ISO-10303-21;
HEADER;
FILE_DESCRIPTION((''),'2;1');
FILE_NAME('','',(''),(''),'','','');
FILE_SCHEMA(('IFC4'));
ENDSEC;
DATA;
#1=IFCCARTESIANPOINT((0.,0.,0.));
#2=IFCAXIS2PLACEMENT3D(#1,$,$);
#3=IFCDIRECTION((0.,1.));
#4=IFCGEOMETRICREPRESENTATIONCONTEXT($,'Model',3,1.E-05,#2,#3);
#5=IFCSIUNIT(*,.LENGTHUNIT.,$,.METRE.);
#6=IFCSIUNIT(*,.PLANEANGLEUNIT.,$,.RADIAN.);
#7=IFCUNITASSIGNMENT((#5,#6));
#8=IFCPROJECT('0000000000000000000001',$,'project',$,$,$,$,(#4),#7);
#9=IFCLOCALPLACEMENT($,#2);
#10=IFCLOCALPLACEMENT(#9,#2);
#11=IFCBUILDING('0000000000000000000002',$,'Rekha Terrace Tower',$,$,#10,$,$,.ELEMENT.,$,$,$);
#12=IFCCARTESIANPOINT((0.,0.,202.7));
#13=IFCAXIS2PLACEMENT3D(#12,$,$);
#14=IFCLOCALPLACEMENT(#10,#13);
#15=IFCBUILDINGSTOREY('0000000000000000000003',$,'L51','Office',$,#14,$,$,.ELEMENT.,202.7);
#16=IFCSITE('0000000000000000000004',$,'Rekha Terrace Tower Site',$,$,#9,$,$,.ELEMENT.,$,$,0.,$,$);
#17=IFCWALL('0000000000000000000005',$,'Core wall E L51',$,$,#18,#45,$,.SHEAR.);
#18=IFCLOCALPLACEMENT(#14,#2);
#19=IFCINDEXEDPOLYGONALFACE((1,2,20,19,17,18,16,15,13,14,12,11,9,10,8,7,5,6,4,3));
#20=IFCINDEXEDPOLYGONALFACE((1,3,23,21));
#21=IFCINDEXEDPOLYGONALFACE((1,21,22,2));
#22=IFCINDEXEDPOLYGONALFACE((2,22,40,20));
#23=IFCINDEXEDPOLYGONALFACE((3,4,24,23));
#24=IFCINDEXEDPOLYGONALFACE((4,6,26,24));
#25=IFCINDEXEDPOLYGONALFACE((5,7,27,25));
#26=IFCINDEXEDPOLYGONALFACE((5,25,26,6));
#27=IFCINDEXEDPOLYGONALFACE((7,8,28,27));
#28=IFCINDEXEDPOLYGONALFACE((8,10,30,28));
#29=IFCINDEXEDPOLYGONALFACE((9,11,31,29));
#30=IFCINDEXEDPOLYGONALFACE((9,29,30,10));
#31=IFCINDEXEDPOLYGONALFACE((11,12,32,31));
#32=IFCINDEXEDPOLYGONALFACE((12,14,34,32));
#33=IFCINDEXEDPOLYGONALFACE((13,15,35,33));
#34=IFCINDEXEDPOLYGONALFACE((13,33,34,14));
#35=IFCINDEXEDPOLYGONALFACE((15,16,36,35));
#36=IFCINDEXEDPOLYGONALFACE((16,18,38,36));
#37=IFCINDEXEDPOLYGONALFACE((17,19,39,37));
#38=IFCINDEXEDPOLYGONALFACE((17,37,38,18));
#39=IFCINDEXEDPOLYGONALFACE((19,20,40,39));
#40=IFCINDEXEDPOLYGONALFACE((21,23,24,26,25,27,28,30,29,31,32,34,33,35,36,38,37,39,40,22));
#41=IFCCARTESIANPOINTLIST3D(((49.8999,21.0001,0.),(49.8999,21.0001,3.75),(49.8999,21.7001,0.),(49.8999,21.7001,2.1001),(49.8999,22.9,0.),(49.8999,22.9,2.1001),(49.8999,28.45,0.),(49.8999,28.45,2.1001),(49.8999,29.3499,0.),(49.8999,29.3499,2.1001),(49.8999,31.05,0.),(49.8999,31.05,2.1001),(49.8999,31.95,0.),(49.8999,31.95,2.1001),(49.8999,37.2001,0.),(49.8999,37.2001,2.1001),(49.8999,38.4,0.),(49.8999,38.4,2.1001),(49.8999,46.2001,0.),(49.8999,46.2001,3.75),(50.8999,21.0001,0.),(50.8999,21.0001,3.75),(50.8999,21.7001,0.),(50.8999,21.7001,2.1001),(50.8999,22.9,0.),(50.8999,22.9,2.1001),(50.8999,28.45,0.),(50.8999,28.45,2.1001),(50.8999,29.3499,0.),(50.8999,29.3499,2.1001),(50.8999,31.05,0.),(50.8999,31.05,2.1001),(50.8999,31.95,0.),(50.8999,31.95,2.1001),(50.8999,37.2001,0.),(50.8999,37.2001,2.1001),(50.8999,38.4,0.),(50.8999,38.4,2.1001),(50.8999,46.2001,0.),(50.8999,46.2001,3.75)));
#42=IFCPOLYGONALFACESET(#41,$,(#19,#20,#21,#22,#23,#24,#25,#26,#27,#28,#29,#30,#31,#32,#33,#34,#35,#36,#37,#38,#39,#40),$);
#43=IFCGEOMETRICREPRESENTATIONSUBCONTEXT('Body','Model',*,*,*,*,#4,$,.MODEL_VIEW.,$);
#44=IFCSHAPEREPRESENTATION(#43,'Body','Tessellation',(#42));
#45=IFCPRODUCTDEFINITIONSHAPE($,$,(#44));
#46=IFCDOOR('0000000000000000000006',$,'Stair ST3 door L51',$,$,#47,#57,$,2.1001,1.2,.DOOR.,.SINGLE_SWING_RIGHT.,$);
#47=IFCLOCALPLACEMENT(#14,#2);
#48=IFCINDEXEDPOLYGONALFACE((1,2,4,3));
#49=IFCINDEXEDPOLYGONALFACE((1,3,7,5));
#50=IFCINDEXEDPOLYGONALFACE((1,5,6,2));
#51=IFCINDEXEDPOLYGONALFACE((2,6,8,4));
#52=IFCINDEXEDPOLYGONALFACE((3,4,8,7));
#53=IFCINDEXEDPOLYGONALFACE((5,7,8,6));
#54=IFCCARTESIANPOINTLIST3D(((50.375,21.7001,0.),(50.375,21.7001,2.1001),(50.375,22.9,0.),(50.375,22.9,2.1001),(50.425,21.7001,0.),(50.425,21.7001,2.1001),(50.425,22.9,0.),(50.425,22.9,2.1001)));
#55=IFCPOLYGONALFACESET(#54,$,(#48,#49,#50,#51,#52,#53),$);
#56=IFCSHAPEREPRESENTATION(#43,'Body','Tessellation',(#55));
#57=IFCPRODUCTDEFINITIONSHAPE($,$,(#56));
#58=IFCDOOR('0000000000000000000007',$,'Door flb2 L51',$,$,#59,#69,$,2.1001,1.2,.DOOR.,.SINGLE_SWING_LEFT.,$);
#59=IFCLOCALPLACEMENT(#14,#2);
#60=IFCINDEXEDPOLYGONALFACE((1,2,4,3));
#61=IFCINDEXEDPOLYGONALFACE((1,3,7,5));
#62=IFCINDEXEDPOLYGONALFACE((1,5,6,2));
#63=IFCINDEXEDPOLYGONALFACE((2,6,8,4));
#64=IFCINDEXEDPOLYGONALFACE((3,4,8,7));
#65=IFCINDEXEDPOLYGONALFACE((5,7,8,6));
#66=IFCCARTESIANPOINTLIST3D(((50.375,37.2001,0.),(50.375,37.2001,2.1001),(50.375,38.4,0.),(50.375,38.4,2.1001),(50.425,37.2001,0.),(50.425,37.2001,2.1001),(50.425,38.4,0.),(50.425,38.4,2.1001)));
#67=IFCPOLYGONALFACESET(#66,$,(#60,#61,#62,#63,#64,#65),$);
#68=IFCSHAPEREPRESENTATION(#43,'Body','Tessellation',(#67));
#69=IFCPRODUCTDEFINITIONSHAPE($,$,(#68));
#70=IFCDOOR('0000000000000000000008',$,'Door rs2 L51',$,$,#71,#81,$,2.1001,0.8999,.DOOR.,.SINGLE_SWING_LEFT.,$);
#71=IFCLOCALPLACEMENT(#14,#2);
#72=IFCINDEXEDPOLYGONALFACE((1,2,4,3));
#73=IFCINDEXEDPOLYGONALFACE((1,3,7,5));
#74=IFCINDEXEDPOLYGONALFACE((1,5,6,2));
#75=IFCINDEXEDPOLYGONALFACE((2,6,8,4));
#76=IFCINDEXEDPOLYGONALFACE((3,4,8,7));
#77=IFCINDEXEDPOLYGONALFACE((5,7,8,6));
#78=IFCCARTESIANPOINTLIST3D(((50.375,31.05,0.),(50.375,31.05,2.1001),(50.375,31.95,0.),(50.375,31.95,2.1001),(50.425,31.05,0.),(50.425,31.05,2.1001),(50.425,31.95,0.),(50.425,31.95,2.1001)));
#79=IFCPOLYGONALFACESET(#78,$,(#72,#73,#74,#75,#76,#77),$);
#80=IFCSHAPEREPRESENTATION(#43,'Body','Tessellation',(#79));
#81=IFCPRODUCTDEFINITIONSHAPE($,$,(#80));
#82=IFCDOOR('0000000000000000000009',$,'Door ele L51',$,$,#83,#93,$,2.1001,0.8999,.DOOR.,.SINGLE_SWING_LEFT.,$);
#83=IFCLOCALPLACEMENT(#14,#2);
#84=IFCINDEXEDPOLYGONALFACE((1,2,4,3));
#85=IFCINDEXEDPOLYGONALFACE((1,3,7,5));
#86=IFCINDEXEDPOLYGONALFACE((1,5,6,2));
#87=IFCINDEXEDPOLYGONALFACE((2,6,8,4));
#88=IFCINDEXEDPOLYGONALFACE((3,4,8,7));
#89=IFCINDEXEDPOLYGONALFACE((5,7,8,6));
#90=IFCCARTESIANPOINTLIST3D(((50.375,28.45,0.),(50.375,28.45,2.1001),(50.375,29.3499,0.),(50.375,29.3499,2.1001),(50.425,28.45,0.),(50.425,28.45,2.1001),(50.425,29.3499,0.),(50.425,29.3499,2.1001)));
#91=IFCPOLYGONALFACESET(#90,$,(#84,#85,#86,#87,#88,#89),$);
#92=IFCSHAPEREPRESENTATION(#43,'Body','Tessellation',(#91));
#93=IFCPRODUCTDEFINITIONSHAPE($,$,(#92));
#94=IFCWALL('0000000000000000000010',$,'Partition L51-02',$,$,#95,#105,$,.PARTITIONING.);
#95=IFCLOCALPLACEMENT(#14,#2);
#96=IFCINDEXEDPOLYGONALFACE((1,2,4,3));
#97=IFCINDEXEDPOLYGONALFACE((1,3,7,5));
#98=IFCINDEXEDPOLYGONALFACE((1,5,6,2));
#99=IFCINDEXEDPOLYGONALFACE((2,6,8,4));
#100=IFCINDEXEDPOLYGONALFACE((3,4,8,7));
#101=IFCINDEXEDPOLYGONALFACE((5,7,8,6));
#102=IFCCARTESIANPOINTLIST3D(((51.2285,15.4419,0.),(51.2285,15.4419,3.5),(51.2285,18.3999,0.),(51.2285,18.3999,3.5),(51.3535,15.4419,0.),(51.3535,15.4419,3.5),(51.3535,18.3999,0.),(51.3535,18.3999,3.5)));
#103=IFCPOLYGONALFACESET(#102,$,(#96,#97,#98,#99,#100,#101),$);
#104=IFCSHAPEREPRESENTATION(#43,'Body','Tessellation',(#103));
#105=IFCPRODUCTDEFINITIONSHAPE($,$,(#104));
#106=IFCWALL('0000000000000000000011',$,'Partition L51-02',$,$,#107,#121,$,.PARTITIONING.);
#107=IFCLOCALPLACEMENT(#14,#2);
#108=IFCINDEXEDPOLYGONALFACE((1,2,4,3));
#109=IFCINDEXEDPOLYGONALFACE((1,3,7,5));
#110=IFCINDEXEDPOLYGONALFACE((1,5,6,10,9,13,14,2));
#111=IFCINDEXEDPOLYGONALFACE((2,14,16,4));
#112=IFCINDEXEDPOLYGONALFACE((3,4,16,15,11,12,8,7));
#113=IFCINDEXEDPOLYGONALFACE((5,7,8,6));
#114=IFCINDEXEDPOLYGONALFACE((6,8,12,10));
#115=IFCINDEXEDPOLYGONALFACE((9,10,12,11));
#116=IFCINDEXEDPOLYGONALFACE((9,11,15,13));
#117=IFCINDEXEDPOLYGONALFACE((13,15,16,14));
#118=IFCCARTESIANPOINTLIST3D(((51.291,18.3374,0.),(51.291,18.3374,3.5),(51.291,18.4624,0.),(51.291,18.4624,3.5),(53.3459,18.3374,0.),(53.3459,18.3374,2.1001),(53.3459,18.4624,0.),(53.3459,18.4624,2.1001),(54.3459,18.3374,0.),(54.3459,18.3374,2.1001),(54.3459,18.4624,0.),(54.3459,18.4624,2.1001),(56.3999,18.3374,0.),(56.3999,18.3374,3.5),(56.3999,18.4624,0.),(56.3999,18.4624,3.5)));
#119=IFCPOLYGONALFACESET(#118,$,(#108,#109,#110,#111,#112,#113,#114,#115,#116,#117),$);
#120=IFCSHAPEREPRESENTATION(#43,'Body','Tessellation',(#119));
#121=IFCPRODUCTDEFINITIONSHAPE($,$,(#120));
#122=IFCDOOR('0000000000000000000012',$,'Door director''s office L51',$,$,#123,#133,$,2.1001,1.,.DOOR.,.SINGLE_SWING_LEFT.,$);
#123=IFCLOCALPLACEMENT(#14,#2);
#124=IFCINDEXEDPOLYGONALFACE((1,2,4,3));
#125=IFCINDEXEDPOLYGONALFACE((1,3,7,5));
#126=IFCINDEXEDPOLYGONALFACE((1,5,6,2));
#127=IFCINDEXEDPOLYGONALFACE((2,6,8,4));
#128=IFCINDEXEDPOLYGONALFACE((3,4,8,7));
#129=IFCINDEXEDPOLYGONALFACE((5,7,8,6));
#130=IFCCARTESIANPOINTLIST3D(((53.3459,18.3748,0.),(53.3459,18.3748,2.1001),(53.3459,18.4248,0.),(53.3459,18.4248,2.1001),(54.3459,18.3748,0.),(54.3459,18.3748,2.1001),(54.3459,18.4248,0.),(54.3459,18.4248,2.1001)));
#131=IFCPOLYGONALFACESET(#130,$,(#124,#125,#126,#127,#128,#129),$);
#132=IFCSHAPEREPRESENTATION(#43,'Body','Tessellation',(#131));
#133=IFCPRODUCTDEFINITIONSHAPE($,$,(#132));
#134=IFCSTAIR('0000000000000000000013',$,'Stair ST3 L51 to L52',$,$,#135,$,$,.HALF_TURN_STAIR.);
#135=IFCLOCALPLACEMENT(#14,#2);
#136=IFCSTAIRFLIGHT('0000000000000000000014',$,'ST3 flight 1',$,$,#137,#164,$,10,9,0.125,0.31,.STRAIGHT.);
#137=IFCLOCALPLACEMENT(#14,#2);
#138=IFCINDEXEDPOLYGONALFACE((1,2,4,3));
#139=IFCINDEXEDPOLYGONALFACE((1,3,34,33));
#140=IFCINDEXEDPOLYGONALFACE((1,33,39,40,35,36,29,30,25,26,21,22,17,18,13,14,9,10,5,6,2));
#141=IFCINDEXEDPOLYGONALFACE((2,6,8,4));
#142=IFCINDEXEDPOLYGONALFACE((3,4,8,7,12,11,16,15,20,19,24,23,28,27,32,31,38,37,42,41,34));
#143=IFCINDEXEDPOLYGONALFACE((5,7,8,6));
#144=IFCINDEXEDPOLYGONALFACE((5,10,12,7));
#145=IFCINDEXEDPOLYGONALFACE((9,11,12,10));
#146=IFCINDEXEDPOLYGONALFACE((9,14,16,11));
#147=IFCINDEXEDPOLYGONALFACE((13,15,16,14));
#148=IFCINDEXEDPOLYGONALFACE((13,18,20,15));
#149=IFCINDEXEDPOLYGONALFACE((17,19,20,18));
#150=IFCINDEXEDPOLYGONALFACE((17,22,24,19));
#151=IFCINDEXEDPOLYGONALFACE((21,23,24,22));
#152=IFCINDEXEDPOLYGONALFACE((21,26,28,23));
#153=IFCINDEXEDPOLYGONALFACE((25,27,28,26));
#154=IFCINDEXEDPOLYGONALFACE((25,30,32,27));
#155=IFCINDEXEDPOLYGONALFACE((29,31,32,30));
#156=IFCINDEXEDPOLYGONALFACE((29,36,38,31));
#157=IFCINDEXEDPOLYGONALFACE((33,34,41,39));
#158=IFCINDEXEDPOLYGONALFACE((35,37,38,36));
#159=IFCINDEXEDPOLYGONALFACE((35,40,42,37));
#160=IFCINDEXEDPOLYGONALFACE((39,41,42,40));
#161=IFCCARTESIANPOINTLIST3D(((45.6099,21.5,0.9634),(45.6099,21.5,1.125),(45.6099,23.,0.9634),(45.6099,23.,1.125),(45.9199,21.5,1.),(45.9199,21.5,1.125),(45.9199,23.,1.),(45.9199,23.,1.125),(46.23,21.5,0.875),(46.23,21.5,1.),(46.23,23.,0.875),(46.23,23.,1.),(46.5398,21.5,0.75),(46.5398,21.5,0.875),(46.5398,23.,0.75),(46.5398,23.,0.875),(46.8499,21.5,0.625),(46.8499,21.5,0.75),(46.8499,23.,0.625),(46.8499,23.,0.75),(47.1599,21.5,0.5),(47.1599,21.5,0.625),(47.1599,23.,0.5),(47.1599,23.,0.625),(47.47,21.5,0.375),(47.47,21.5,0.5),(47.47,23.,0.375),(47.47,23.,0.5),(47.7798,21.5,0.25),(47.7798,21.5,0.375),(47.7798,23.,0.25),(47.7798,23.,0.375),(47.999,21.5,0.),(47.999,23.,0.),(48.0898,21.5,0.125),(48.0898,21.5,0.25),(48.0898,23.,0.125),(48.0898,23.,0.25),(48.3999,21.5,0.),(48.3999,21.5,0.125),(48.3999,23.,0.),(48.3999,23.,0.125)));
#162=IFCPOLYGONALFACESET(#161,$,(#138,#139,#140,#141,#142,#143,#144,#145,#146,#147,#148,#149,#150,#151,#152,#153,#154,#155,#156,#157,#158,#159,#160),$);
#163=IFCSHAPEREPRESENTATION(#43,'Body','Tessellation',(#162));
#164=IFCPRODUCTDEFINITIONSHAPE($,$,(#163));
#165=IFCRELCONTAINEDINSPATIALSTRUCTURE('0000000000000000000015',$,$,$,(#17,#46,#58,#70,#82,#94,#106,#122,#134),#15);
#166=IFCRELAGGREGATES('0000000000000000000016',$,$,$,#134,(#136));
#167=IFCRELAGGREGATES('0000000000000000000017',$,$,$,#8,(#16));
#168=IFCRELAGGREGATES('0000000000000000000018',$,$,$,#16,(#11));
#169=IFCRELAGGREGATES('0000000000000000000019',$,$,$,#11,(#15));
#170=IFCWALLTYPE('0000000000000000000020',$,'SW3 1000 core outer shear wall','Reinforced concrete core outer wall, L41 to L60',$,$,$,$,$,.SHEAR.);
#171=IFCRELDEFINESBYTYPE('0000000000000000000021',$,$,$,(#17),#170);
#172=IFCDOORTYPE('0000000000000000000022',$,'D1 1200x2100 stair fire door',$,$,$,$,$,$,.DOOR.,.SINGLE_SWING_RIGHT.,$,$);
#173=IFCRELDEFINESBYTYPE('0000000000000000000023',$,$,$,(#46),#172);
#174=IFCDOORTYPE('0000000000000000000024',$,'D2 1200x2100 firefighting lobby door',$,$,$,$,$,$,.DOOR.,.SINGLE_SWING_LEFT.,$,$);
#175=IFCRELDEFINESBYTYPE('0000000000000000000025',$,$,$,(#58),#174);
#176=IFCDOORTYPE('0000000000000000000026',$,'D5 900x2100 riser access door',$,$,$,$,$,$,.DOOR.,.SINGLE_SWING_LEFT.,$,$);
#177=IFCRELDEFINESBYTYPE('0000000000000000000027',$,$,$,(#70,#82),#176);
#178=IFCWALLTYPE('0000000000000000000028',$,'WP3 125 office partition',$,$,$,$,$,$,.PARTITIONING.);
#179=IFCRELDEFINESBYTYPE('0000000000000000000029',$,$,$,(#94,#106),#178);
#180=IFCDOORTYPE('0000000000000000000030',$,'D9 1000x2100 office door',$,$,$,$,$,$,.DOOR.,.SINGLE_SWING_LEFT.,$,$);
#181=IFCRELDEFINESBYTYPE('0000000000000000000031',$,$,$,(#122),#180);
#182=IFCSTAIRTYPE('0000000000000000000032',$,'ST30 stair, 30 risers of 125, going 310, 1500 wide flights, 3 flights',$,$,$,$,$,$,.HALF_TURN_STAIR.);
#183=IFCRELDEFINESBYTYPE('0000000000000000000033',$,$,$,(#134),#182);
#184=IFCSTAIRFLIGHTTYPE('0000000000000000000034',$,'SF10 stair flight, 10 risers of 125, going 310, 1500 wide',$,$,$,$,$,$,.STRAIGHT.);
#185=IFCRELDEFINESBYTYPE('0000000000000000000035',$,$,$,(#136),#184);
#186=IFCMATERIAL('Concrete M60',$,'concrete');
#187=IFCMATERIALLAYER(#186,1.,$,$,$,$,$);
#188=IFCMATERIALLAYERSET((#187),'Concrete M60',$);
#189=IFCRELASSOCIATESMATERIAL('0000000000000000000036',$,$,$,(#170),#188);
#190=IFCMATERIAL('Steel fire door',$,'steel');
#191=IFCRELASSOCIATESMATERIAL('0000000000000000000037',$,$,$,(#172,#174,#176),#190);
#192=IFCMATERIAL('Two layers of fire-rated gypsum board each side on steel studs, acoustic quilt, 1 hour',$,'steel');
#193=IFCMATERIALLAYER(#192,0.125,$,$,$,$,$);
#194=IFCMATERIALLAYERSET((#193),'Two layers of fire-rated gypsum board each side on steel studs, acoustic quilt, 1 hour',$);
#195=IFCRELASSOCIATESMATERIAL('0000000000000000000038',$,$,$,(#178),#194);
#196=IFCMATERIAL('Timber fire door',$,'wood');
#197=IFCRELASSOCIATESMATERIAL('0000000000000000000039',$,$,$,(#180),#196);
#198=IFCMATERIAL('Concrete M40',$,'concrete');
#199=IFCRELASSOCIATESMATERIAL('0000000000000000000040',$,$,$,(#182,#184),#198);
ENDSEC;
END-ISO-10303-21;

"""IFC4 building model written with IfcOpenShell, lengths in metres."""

from ifc_helpers import new_model, si_unit, direction, frame, frame_2d, origin, place, context, subcontext, project, spatial, polyline, rectangle, outline, extrude, material, layer, layer_set, type_object, element, fill, aggregate, save


model = new_model("IFC4")

# Units and contexts
model_context = context("Model", 3, precision=1e-05, world=origin(), true_north=direction((0.0, 1.0)))
body_context = subcontext(model_context, "Body", "Model", "MODEL_VIEW")
ifc_project = project(units=[si_unit("LENGTHUNIT", "METRE"), si_unit("PLANEANGLEUNIT", "RADIAN")], contexts=[model_context])

# Site, building, storey
site_placement = place(None, origin())
site = spatial("IfcSite", under=ifc_project, at=site_placement, Name="Rekha Terrace Tower Site", CompositionType="ELEMENT", RefElevation=0.0)
building_placement = place(site_placement, origin())
building = spatial("IfcBuilding", under=site, at=building_placement, Name="Rekha Terrace Tower", CompositionType="ELEMENT")
storey_placement = place(building_placement, frame((0.0, 0.0, 202.7)))
storey = spatial("IfcBuildingStorey", under=building, at=storey_placement, Name="L51", Description="Office", CompositionType="ELEMENT", Elevation=202.7)

# Shared definitions
ifc_material_1 = material(Name="Concrete M60", Category="concrete")

# Wall, openings, doors
ifc_layer_1 = layer(ifc_material_1, 1.0)
ifc_layer_set_1 = layer_set([ifc_layer_1], Name="Concrete M60")
wall_type_1 = type_object("IfcWallType", Name="SW3 1000 core outer shear wall", Description="Reinforced concrete core outer wall, L41 to L60", PredefinedType="SHEAR", material=ifc_layer_set_1)
wall_1_placement = place(storey_placement, frame((50.3999, 21.0, 0.0), z_axis=(0.0, 0.0, 1.0), x_axis=(0.0, 1.0, 0.0)))
wall_1 = element("IfcWall", 1, at=wall_1_placement, inside=storey, type_object=wall_type_1, Name="Core wall E L51", PredefinedType="SHEAR", context=body_context, shape_type="SweptSolid", body=[
    extrude(rectangle(XDim=25.2, YDim=1.0, at=frame_2d((12.6001, 0.0))), origin(), (0.0, 0.0, 1.0), 3.75),
])
opening_1_placement = place(wall_1_placement, frame((16.2, 0.0, 0.0)))
opening_1 = element("IfcOpeningElement", 2, at=opening_1_placement, cuts=wall_1, PredefinedType="OPENING", context=body_context, shape_type="SweptSolid", body=[
    extrude(rectangle(XDim=1.2, YDim=2.1001, at=frame_2d((0.6001, 1.05))), frame((0.0, 0.51, 0.0), z_axis=(0.0, -1.0, 0.0), x_axis=(1.0, 0.0, 0.0)), (0.0, 0.0, 1.0), 1.02),
])
opening_2_placement = place(wall_1_placement, frame((10.05, 0.0, 0.0)))
opening_2 = element("IfcOpeningElement", 3, at=opening_2_placement, cuts=wall_1, PredefinedType="OPENING", context=body_context, shape_type="SweptSolid", body=[
    extrude(rectangle(XDim=0.8999, YDim=2.1001, at=frame_2d((0.45, 1.05))), frame((0.0, 0.51, 0.0), z_axis=(0.0, -1.0, 0.0), x_axis=(1.0, 0.0, 0.0)), (0.0, 0.0, 1.0), 1.02),
])
opening_3_placement = place(wall_1_placement, frame((7.45, 0.0, 0.0)))
opening_3 = element("IfcOpeningElement", 4, at=opening_3_placement, cuts=wall_1, PredefinedType="OPENING", context=body_context, shape_type="SweptSolid", body=[
    extrude(rectangle(XDim=0.8999, YDim=2.1001, at=frame_2d((0.45, 1.05))), frame((0.0, 0.51, 0.0), z_axis=(0.0, -1.0, 0.0), x_axis=(1.0, 0.0, 0.0)), (0.0, 0.0, 1.0), 1.02),
])
opening_4_placement = place(wall_1_placement, frame((0.7, 0.0, 0.0)))
opening_4 = element("IfcOpeningElement", 5, at=opening_4_placement, cuts=wall_1, PredefinedType="OPENING", context=body_context, shape_type="SweptSolid", body=[
    extrude(rectangle(XDim=1.2, YDim=2.1001, at=frame_2d((0.6001, 1.05))), frame((0.0, 0.51, 0.0), z_axis=(0.0, -1.0, 0.0), x_axis=(1.0, 0.0, 0.0)), (0.0, 0.0, 1.0), 1.02),
])
ifc_material_2 = material(Name="Steel fire door", Category="steel")
door_type_1 = type_object("IfcDoorType", Name="D1 1200x2100 stair fire door", OperationType="SINGLE_SWING_RIGHT", PredefinedType="DOOR", material=ifc_material_2)
door_1_placement = place(opening_4_placement, origin())
door_1 = element("IfcDoor", 6, at=door_1_placement, inside=storey, type_object=door_type_1, Name="Stair ST3 door L51", OperationType="SINGLE_SWING_RIGHT", OverallHeight=2.1001, OverallWidth=1.2, PredefinedType="DOOR", context=body_context, shape_type="SweptSolid", body=[
    extrude(rectangle(XDim=1.2, YDim=2.1001, at=frame_2d((0.6001, 1.05))), frame((0.0, 0.0249, 0.0), z_axis=(0.0, -1.0, 0.0), x_axis=(1.0, 0.0, 0.0)), (0.0, 0.0, 1.0), 0.05),
])
fill(opening_4, door_1)
door_type_2 = type_object("IfcDoorType", Name="D2 1200x2100 firefighting lobby door", OperationType="SINGLE_SWING_LEFT", PredefinedType="DOOR", material=ifc_material_2)
door_2_placement = place(opening_1_placement, origin())
door_2 = element("IfcDoor", 7, at=door_2_placement, inside=storey, type_object=door_type_2, Name="Door flb2 L51", OperationType="SINGLE_SWING_LEFT", OverallHeight=2.1001, OverallWidth=1.2, PredefinedType="DOOR", context=body_context, shape_type="SweptSolid", body=[
    extrude(rectangle(XDim=1.2, YDim=2.1001, at=frame_2d((0.6001, 1.05))), frame((0.0, 0.0249, 0.0), z_axis=(0.0, -1.0, 0.0), x_axis=(1.0, 0.0, 0.0)), (0.0, 0.0, 1.0), 0.05),
])
fill(opening_1, door_2)
door_type_3 = type_object("IfcDoorType", Name="D5 900x2100 riser access door", OperationType="SINGLE_SWING_LEFT", PredefinedType="DOOR", material=ifc_material_2)
door_3_placement = place(opening_2_placement, origin())
door_3 = element("IfcDoor", 8, at=door_3_placement, inside=storey, type_object=door_type_3, Name="Door rs2 L51", OperationType="SINGLE_SWING_LEFT", OverallHeight=2.1001, OverallWidth=0.8999, PredefinedType="DOOR", context=body_context, shape_type="SweptSolid", body=[
    extrude(rectangle(XDim=0.8999, YDim=2.1001, at=frame_2d((0.45, 1.05))), frame((0.0, 0.0249, 0.0), z_axis=(0.0, -1.0, 0.0), x_axis=(1.0, 0.0, 0.0)), (0.0, 0.0, 1.0), 0.05),
])
fill(opening_2, door_3)
door_4_placement = place(opening_3_placement, origin())
door_4 = element("IfcDoor", 9, at=door_4_placement, inside=storey, type_object=door_type_3, Name="Door ele L51", OperationType="SINGLE_SWING_LEFT", OverallHeight=2.1001, OverallWidth=0.8999, PredefinedType="DOOR", context=body_context, shape_type="SweptSolid", body=[
    extrude(rectangle(XDim=0.8999, YDim=2.1001, at=frame_2d((0.45, 1.05))), frame((0.0, 0.0249, 0.0), z_axis=(0.0, -1.0, 0.0), x_axis=(1.0, 0.0, 0.0)), (0.0, 0.0, 1.0), 0.05),
])
fill(opening_3, door_4)

# Wall
ifc_material_3 = material(Name="Two layers of fire-rated gypsum board each side on steel studs, acoustic quilt, 1 hour", Category="steel")
ifc_layer_2 = layer(ifc_material_3, 0.125)
ifc_layer_set_2 = layer_set([ifc_layer_2], Name="Two layers of fire-rated gypsum board each side on steel studs, acoustic quilt, 1 hour")
wall_type_2 = type_object("IfcWallType", Name="WP3 125 office partition", PredefinedType="PARTITIONING", material=ifc_layer_set_2)
wall_2_placement = place(storey_placement, frame((51.291, 15.4419, 0.0), z_axis=(0.0, 0.0, 1.0), x_axis=(0.0, 1.0, 0.0)))
element("IfcWall", 10, at=wall_2_placement, inside=storey, type_object=wall_type_2, Name="Partition L51-02", PredefinedType="PARTITIONING", context=body_context, shape_type="SweptSolid", body=[
    extrude(rectangle(XDim=2.958, YDim=0.125, at=frame_2d((1.479, 0.0))), origin(), (0.0, 0.0, 1.0), 3.5),
])

# Wall, opening, door
wall_3_placement = place(storey_placement, frame((51.291, 18.3999, 0.0), z_axis=(0.0, 0.0, 1.0), x_axis=(1.0, 0.0, 0.0)))
wall_3 = element("IfcWall", 11, at=wall_3_placement, inside=storey, type_object=wall_type_2, Name="Partition L51-02", PredefinedType="PARTITIONING", context=body_context, shape_type="SweptSolid", body=[
    extrude(rectangle(XDim=5.1089, YDim=0.125, at=frame_2d((2.5544, 0.0))), origin(), (0.0, 0.0, 1.0), 3.5),
])
opening_5_placement = place(wall_3_placement, frame((2.0549, 0.0, 0.0)))
opening_5 = element("IfcOpeningElement", 12, at=opening_5_placement, cuts=wall_3, PredefinedType="OPENING", context=body_context, shape_type="SweptSolid", body=[
    extrude(rectangle(XDim=1.0, YDim=2.1001, at=frame_2d((0.5, 1.05))), frame((0.0, 0.0725, 0.0), z_axis=(0.0, -1.0, 0.0), x_axis=(1.0, 0.0, 0.0)), (0.0, 0.0, 1.0), 0.145),
])
ifc_material_4 = material(Name="Timber fire door", Category="wood")
door_type_4 = type_object("IfcDoorType", Name="D9 1000x2100 office door", OperationType="SINGLE_SWING_LEFT", PredefinedType="DOOR", material=ifc_material_4)
door_5_placement = place(opening_5_placement, origin())
door_5 = element("IfcDoor", 13, at=door_5_placement, inside=storey, type_object=door_type_4, Name="Door director's office L51", OperationType="SINGLE_SWING_LEFT", OverallHeight=2.1001, OverallWidth=1.0, PredefinedType="DOOR", context=body_context, shape_type="SweptSolid", body=[
    extrude(rectangle(XDim=1.0, YDim=2.1001, at=frame_2d((0.5, 1.05))), frame((0.0, 0.0249, 0.0), z_axis=(0.0, -1.0, 0.0), x_axis=(1.0, 0.0, 0.0)), (0.0, 0.0, 1.0), 0.05),
])
fill(opening_5, door_5)

# Stair, stair flight
ifc_material_5 = material(Name="Concrete M40", Category="concrete")
stair_type = type_object("IfcStairType", Name="ST30 stair, 30 risers of 125, going 310, 1500 wide flights, 3 flights", PredefinedType="HALF_TURN_STAIR", material=ifc_material_5)
stair_placement = place(storey_placement, origin())
stair = element("IfcStair", 14, at=stair_placement, inside=storey, type_object=stair_type, Name="Stair ST3 L51 to L52", PredefinedType="HALF_TURN_STAIR")
stair_flight_type = type_object("IfcStairFlightType", Name="SF10 stair flight, 10 risers of 125, going 310, 1500 wide", PredefinedType="STRAIGHT", material=ifc_material_5)
stair_flight_1_placement = place(storey_placement, frame((48.3999, 22.25, 0.0), z_axis=(0.0, 0.0, 1.0), x_axis=(-1.0, 0.0, 0.0)))
stair_flight_1 = element("IfcStairFlight", 15, at=stair_flight_1_placement, type_object=stair_flight_type, Name="ST3 flight 1", NumberOfRisers=10, NumberOfTreads=9, PredefinedType="STRAIGHT", RiserHeight=0.125, TreadLength=0.31, context=body_context, shape_type="SweptSolid", body=[
    extrude(outline(polyline([(0.0, 0.0), (0.0, 0.125), (0.3101, 0.125), (0.3101, 0.25), (0.6201, 0.25), (0.6201, 0.375), (0.9299, 0.375), (0.9299, 0.5), (1.24, 0.5), (1.24, 0.625), (1.55, 0.625), (1.55, 0.75), (1.8601, 0.75), (1.8601, 0.875), (2.1699, 0.875), (2.1699, 1.0), (2.48, 1.0), (2.48, 1.125), (2.79, 1.125), (2.79, 1.25), (2.79, 0.9634), (0.4009, 0.0), (0.0, 0.0)])), frame((0.0, 0.75, 0.0), z_axis=(0.0, -1.0, 0.0), x_axis=(1.0, 0.0, 0.0)), (0.0, 0.0, 1.0), 1.5),
])
aggregate(stair, [stair_flight_1])

save(model, "model.ifc")
